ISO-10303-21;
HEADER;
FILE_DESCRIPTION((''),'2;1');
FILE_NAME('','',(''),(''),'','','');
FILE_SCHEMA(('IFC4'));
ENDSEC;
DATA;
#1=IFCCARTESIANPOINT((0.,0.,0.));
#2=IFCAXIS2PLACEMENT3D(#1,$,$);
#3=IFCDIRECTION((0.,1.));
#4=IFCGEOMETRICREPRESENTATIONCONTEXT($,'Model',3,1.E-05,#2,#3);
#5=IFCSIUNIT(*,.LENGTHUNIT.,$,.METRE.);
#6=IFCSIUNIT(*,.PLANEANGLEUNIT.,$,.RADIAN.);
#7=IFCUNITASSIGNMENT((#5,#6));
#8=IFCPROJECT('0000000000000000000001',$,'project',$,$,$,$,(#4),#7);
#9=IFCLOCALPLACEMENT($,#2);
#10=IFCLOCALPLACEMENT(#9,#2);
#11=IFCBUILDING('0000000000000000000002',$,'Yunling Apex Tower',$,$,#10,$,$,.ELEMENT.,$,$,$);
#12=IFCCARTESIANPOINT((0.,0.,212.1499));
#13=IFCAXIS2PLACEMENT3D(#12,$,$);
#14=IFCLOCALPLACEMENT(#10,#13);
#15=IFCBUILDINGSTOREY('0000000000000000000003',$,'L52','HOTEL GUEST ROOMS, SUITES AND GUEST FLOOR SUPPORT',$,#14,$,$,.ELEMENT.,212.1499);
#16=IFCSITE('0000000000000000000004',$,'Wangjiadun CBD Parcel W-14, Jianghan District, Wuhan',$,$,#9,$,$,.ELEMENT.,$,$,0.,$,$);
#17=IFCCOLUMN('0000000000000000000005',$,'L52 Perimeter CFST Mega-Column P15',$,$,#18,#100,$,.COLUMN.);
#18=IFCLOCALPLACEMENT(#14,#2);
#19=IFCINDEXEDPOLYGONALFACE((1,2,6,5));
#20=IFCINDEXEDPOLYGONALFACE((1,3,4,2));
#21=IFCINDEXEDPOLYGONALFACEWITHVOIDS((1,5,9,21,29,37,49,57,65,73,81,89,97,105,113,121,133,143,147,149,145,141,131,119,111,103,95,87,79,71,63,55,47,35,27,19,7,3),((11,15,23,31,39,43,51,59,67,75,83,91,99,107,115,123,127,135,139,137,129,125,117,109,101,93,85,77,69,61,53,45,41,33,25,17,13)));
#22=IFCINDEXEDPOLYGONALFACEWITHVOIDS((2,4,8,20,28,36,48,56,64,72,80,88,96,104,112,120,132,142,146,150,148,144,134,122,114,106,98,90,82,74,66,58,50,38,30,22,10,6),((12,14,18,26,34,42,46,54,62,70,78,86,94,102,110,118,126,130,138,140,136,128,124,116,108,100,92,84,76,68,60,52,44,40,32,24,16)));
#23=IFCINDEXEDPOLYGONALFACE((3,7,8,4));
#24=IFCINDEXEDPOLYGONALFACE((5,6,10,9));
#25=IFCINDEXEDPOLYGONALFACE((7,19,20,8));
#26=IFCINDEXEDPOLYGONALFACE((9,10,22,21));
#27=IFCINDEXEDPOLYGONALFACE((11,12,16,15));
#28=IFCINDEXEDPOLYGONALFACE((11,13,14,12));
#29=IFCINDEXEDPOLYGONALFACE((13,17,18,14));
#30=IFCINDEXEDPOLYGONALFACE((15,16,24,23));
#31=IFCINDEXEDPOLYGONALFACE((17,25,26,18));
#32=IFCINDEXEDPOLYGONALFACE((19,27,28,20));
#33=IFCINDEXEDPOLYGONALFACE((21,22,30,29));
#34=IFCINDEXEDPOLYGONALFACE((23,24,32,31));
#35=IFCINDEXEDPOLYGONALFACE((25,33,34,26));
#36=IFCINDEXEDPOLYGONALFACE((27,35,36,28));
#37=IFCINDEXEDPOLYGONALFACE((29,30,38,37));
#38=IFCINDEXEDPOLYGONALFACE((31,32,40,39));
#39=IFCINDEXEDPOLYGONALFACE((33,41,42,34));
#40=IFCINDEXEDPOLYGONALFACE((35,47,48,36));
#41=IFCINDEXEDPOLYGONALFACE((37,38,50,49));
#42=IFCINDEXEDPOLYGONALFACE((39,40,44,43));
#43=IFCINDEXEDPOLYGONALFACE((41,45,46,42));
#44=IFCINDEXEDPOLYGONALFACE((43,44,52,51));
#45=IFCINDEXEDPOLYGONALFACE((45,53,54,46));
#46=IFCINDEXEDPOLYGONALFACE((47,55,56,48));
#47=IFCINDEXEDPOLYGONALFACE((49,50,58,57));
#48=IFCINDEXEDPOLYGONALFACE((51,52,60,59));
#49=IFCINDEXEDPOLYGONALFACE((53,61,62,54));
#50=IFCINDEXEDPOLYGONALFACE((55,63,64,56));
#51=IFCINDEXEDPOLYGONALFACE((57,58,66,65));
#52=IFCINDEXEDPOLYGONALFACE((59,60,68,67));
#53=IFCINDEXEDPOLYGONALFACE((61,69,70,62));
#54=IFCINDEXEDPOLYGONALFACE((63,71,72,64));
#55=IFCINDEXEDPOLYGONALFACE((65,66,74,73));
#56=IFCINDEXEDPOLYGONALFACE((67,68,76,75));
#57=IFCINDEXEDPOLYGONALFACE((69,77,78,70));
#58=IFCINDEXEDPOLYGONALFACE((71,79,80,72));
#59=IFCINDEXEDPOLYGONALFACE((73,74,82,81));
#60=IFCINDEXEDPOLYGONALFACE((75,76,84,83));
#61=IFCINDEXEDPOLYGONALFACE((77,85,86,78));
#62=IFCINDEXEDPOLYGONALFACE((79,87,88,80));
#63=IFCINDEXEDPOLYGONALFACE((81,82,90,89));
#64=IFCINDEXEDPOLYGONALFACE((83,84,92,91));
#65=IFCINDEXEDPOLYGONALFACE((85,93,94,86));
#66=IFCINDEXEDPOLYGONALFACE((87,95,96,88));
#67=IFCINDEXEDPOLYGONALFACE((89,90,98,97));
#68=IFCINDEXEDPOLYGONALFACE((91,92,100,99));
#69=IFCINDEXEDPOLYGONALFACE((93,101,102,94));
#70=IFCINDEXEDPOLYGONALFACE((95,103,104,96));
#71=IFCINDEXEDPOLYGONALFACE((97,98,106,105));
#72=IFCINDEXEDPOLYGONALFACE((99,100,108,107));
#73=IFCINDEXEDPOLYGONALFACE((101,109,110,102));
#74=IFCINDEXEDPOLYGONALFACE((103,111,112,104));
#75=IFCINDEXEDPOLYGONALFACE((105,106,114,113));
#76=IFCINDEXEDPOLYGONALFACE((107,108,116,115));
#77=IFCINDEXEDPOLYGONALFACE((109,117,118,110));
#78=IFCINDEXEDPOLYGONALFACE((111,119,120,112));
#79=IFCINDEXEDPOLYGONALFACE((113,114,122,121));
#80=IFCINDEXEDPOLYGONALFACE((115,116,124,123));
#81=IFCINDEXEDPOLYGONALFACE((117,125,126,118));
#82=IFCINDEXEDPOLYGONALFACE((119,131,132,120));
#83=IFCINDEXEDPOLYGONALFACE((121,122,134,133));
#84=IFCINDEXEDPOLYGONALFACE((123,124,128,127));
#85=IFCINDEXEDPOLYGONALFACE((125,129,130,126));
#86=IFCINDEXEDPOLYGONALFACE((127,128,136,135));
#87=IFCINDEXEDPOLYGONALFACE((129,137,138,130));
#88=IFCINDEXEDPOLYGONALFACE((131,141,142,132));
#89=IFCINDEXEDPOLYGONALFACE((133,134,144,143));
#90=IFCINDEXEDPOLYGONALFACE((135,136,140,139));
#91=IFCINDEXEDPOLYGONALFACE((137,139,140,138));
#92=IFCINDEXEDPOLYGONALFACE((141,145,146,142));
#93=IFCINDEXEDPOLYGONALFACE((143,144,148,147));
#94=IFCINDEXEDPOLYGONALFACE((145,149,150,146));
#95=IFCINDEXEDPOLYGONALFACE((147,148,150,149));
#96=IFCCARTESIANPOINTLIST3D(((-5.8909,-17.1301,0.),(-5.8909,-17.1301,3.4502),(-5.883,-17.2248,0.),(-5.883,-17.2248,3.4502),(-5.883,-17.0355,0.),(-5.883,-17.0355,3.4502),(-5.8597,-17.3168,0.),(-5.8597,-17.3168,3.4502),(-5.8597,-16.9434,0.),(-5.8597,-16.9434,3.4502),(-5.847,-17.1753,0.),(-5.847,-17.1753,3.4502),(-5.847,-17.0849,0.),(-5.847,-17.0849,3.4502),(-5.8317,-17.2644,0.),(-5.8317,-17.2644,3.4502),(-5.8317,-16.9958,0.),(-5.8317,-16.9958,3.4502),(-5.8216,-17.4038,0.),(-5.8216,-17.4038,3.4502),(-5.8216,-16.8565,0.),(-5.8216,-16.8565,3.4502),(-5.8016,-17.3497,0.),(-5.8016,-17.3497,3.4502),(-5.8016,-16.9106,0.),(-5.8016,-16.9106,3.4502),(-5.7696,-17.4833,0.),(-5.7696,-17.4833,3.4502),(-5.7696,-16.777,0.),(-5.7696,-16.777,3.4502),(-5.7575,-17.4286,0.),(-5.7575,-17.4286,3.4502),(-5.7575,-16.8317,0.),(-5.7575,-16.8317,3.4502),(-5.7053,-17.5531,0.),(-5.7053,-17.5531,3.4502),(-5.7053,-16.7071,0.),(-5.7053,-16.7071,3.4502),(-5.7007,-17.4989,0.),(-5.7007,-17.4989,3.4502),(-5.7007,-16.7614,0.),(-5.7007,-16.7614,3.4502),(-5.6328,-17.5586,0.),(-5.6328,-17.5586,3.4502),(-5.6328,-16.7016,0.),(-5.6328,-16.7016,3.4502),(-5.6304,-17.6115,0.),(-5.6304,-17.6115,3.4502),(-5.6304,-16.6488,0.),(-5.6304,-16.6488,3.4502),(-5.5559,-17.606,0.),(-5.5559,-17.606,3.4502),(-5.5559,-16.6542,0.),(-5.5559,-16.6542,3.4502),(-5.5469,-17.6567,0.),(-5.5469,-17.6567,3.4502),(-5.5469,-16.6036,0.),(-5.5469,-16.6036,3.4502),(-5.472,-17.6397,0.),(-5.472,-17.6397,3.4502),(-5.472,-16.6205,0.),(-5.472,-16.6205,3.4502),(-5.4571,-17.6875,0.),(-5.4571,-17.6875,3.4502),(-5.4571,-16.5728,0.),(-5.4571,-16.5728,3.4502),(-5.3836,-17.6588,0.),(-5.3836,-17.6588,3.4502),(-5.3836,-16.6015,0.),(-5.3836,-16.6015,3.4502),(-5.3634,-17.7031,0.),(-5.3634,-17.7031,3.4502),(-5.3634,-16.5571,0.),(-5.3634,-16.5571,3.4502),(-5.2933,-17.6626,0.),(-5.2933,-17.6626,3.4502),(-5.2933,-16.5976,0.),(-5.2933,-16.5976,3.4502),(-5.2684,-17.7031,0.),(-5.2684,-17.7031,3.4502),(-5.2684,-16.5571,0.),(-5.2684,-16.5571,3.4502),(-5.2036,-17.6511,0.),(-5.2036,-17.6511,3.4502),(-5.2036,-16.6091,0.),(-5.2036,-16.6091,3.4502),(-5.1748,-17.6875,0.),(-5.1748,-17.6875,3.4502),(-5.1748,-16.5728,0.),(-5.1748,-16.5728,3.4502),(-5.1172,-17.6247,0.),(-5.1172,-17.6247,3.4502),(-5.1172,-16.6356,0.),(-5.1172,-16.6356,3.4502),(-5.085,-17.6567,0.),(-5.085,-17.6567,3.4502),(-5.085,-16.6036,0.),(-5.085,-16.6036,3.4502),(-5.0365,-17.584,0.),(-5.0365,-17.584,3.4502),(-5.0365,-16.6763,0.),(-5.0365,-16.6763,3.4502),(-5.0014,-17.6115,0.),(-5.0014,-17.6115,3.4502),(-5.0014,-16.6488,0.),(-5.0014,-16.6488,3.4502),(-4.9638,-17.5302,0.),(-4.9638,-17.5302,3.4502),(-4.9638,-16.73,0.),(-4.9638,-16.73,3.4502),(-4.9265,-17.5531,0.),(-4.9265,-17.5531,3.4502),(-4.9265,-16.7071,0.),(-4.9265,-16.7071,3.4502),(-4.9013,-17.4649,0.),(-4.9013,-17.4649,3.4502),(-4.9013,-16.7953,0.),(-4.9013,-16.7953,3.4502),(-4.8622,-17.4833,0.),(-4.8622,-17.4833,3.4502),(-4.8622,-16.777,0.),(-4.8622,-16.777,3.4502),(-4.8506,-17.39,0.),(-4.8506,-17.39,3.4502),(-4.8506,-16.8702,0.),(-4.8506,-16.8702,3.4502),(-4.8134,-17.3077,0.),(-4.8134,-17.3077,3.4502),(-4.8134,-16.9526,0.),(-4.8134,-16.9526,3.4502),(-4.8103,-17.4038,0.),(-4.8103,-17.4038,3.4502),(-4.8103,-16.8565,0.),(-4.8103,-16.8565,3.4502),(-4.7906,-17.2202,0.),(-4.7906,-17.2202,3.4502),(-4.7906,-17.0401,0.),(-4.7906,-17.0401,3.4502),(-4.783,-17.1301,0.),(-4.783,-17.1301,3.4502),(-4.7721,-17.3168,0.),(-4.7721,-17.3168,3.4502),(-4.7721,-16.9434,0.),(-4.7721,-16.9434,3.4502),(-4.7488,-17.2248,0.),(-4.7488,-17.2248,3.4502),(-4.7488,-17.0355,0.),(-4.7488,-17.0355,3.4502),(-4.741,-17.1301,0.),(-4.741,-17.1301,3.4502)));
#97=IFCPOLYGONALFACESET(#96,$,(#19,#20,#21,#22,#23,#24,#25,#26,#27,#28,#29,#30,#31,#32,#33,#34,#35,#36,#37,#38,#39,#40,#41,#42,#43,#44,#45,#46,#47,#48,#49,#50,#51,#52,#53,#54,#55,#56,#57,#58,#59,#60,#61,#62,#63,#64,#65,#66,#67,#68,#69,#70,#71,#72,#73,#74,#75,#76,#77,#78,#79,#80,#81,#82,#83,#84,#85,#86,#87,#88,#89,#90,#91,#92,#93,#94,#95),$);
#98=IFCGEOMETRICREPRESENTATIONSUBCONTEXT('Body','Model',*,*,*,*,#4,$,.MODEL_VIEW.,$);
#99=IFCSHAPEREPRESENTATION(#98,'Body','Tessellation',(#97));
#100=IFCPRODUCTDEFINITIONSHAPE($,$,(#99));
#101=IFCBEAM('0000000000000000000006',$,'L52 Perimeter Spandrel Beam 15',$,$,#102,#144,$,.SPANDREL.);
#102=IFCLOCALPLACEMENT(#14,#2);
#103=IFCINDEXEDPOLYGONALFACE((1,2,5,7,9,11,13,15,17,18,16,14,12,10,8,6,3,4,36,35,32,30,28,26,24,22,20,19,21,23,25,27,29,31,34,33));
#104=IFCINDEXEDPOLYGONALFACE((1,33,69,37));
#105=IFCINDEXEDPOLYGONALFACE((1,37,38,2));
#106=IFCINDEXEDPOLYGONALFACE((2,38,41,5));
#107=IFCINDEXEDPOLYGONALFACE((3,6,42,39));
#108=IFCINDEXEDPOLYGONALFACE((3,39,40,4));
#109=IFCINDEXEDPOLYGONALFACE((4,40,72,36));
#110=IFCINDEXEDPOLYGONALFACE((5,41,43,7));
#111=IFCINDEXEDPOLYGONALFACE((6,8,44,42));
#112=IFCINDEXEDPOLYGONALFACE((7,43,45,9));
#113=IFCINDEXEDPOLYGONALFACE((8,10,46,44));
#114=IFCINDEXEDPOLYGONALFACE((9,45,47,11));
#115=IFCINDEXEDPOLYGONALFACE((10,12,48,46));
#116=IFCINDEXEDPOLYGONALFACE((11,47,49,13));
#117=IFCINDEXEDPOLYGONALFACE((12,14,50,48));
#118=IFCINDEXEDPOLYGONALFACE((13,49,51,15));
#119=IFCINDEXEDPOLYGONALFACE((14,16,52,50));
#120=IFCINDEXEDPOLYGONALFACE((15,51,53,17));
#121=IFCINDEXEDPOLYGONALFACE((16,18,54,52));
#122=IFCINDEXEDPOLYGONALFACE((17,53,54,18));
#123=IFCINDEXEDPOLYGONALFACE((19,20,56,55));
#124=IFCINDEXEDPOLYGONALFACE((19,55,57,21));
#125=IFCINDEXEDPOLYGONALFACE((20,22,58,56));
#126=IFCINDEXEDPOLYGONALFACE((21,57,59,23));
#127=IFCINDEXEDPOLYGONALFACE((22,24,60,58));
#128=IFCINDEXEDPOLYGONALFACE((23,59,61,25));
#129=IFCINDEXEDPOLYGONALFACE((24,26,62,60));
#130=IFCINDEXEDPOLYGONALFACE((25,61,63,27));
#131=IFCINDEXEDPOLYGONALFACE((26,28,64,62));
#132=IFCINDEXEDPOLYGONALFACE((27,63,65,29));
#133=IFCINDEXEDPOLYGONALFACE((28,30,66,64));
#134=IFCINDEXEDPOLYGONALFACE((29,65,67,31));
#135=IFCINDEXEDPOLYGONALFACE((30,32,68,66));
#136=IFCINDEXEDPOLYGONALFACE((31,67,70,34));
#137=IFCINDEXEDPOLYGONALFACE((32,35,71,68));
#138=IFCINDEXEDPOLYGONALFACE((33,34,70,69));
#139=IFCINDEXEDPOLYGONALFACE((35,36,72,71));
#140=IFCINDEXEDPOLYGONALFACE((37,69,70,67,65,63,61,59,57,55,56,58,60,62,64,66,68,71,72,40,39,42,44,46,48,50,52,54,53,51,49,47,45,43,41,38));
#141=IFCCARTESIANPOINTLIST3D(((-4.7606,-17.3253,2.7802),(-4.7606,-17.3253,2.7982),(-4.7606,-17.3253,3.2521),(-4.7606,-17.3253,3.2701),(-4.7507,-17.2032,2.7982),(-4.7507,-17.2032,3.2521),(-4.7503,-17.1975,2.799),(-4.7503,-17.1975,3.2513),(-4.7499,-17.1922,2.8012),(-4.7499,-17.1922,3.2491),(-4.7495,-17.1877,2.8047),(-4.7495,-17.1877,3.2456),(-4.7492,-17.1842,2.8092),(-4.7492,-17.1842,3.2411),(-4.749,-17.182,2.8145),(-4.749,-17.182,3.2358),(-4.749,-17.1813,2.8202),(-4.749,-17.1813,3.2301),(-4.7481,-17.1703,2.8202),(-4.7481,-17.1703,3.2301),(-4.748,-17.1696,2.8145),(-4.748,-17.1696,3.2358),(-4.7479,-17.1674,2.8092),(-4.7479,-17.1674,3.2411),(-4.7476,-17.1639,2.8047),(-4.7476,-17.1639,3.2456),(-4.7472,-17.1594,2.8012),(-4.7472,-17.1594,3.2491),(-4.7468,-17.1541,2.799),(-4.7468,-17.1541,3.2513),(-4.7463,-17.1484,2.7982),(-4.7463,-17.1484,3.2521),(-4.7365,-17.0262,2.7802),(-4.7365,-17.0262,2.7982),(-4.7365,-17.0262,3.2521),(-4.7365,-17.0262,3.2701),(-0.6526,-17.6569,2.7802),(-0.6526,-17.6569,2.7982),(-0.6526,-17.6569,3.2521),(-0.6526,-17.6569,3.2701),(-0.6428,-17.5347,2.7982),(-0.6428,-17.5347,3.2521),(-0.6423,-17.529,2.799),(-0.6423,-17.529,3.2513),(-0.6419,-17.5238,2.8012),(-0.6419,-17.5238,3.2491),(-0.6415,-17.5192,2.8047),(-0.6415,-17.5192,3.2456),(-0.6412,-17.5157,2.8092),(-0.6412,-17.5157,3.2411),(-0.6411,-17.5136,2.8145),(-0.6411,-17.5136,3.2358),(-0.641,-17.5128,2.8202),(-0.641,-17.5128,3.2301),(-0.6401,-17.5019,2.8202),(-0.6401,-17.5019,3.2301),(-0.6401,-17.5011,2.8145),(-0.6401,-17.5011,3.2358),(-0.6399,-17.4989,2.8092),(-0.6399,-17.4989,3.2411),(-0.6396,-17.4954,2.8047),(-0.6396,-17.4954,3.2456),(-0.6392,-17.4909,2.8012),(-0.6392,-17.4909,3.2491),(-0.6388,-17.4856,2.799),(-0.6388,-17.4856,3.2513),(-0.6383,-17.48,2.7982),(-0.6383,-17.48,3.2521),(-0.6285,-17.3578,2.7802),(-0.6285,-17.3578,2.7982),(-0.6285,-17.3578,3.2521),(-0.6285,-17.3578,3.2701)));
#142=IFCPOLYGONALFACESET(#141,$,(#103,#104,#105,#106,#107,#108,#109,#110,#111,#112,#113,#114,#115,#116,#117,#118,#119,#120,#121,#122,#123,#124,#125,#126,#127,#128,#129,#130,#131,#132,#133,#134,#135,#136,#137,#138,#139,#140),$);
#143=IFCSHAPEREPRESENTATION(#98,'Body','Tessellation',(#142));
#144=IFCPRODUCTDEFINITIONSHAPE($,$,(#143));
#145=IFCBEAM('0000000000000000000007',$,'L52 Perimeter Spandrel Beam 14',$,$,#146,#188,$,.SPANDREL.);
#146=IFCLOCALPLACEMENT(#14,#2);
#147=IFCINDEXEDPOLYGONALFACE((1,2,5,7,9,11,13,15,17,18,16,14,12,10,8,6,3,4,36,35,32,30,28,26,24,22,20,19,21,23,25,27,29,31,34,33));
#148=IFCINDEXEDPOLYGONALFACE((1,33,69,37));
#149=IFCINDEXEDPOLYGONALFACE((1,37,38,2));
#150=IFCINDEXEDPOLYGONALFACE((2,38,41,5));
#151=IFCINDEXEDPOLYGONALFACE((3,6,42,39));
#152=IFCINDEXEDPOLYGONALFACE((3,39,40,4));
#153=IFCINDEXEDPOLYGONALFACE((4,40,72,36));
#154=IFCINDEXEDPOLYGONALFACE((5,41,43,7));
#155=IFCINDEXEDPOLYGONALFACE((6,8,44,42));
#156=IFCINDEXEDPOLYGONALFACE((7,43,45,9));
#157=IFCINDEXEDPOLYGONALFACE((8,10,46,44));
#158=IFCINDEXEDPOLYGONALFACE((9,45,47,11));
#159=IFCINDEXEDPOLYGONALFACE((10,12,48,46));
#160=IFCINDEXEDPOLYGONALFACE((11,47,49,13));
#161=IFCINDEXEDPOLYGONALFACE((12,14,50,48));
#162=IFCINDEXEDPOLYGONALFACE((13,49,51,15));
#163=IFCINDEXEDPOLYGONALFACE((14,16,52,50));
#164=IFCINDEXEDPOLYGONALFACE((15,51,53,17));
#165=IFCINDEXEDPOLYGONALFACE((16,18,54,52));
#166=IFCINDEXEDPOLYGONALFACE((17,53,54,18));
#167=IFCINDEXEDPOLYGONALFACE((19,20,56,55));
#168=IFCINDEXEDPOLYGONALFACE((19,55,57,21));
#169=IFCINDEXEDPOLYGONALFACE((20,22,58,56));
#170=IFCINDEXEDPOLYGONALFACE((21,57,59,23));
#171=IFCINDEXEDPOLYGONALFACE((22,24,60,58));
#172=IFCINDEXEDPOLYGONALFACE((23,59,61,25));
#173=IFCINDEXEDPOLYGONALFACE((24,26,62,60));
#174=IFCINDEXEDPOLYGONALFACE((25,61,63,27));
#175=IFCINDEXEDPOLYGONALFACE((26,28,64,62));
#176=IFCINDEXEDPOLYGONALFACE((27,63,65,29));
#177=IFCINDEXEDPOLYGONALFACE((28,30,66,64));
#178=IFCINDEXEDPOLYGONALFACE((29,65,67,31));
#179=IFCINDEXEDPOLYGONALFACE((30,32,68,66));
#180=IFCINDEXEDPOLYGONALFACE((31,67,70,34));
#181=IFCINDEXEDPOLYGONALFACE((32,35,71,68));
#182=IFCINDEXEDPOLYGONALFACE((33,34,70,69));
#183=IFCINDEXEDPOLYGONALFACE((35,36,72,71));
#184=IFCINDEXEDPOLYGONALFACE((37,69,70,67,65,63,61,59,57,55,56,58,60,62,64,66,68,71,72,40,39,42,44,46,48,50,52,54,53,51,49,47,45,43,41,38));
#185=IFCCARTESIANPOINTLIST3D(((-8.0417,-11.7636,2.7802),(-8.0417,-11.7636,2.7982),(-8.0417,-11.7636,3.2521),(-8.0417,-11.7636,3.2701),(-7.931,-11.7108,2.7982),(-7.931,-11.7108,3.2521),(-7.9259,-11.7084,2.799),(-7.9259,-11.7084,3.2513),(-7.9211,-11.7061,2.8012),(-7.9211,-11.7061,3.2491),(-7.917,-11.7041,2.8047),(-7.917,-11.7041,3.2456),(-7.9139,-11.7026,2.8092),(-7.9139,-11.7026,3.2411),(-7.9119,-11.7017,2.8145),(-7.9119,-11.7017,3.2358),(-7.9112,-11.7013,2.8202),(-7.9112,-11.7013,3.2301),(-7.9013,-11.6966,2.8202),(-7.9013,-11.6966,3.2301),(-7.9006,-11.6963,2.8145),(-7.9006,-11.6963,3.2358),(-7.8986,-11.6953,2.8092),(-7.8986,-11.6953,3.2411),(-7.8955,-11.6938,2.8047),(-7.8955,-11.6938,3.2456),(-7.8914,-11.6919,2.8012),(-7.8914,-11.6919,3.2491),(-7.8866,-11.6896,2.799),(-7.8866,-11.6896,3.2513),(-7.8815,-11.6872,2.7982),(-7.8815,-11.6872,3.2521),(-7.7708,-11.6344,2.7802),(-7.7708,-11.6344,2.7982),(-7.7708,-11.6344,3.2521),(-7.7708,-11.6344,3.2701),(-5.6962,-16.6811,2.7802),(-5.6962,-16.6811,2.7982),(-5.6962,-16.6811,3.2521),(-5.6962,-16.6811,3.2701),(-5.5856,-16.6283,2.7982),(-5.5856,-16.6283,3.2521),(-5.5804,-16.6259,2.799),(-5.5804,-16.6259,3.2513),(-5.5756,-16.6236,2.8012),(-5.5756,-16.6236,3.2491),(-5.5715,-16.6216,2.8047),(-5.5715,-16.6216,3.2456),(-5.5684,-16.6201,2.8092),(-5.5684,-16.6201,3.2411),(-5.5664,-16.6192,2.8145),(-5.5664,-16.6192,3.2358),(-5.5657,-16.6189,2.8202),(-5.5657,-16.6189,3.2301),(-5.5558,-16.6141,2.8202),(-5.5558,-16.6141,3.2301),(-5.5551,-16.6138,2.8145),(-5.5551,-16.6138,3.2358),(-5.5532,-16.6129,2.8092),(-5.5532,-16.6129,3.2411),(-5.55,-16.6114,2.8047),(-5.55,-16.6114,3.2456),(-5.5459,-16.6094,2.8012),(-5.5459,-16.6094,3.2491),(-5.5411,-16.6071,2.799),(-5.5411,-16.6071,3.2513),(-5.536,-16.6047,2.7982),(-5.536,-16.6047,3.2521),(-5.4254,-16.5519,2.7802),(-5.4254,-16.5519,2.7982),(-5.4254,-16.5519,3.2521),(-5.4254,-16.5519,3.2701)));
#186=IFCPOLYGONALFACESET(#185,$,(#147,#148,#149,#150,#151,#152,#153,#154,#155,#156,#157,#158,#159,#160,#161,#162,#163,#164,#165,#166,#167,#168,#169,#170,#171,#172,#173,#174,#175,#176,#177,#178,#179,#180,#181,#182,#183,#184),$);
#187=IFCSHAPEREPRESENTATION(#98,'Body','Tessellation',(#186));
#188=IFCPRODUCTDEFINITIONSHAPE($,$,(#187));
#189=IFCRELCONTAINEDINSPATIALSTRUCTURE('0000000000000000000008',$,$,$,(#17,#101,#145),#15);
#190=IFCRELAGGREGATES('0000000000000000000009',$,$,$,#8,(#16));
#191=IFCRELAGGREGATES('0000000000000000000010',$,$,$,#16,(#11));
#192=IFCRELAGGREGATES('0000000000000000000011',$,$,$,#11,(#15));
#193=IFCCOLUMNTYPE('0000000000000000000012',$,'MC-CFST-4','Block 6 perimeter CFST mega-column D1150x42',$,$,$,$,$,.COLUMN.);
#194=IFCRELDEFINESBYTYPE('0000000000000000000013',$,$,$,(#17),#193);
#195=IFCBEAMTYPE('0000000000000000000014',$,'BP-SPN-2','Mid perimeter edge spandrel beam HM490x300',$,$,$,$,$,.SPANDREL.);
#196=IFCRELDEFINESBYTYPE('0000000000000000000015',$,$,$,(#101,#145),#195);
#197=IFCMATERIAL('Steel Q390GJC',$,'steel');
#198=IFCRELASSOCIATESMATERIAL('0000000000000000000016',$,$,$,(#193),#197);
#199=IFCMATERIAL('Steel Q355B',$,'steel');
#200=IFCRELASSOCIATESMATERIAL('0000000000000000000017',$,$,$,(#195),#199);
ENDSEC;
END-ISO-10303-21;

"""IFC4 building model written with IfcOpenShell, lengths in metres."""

from ifc_helpers import new_model, si_unit, direction, frame, origin, origin_2d, place, context, subcontext, project, spatial, hollow_circle, i_section, extrude, source, transform, mapped, material, material_profile, profile_set, type_object, element, save


model = new_model("IFC4")

# Units and contexts
model_context = context("Model", 3, precision=1e-05, world=origin(), true_north=direction((0.0, 1.0)))
body_context = subcontext(model_context, "Body", "Model", "MODEL_VIEW")
ifc_project = project(units=[si_unit("LENGTHUNIT", "METRE"), si_unit("PLANEANGLEUNIT", "RADIAN")], contexts=[model_context])

# Site, building, storey
site_placement = place(None, origin())
site = spatial("IfcSite", under=ifc_project, at=site_placement, Name="Wangjiadun CBD Parcel W-14, Jianghan District, Wuhan", CompositionType="ELEMENT", RefElevation=0.0)
building_placement = place(site_placement, origin())
building = spatial("IfcBuilding", under=site, at=building_placement, Name="Yunling Apex Tower", CompositionType="ELEMENT")
storey_placement = place(building_placement, frame((0.0, 0.0, 212.1499)))
storey = spatial("IfcBuildingStorey", under=building, at=storey_placement, Name="L52", Description="HOTEL GUEST ROOMS, SUITES AND GUEST FLOOR SUPPORT", CompositionType="ELEMENT", Elevation=212.1499)

# Column
ifc_material_1 = material(Name="Steel Q390GJC", Category="steel")
ifc_material_profile_1 = material_profile(ifc_material_1, hollow_circle(Radius=0.575, WallThickness=0.042, at=origin_2d()))
ifc_profile_set_1 = profile_set([ifc_material_profile_1], Name="Steel Q390GJC")
column_type = type_object("IfcColumnType", Name="MC-CFST-4", Description="Block 6 perimeter CFST mega-column D1150x42", PredefinedType="COLUMN", material=ifc_profile_set_1)
shared_shape_1 = source(origin(), body_context, "Body", "SweptSolid", [
    extrude(hollow_circle(Radius=0.575, WallThickness=0.042, at=origin_2d()), origin(), (0.0, 0.0, 1.0), 3.4502),
])
column_placement = place(storey_placement, frame((-5.3159, -17.1301, 0.0), z_axis=(0.0, 0.0, 1.0), x_axis=(1.0, 0.0, 0.0)))
element("IfcColumn", 1, at=column_placement, inside=storey, type_object=column_type, Name="L52 Perimeter CFST Mega-Column P15", PredefinedType="COLUMN", context=body_context, shape_type="MappedRepresentation", body=[
    mapped(shared_shape_1, transform((0.0, 0.0, 0.0), scale=1.0)),
])

# Beams
ifc_material_2 = material(Name="Steel Q355B", Category="steel")
ifc_material_profile_2 = material_profile(ifc_material_2, i_section(OverallWidth=0.3, OverallDepth=0.49, WebThickness=0.011, FlangeThickness=0.0181, FilletRadius=0.022, at=origin_2d()))
ifc_profile_set_2 = profile_set([ifc_material_profile_2], Name="Steel Q355B")
beam_type_1 = type_object("IfcBeamType", Name="BP-SPN-2", Description="Mid perimeter edge spandrel beam HM490x300", PredefinedType="SPANDREL", material=ifc_profile_set_2)
shared_shape_2 = source(origin(), body_context, "Body", "SweptSolid", [
    extrude(i_section(OverallWidth=0.3, OverallDepth=0.49, WebThickness=0.011, FlangeThickness=0.0181, FilletRadius=0.022, at=origin_2d()), origin(), (0.0, 0.0, 1.0), 4.1213),
])
beam_1_placement = place(storey_placement, frame((-4.7485, -17.1758, 3.0251), z_axis=(0.996759, -0.080447, 0.0), x_axis=(0.080447, 0.996759, 0.0)))
element("IfcBeam", 2, at=beam_1_placement, inside=storey, type_object=beam_type_1, Name="L52 Perimeter Spandrel Beam 15", PredefinedType="SPANDREL", context=body_context, shape_type="MappedRepresentation", body=[
    mapped(shared_shape_2, transform((0.0, 0.0, 0.0), scale=1.0)),
])
shared_shape_3 = source(origin(), body_context, "Body", "SweptSolid", [
    extrude(i_section(OverallWidth=0.3, OverallDepth=0.49, WebThickness=0.011, FlangeThickness=0.0181, FilletRadius=0.022, at=origin_2d()), origin(), (0.0, 0.0, 1.0), 5.4482),
])
beam_2_placement = place(storey_placement, frame((-7.9062, -11.699, 3.0251), z_axis=(0.430502, -0.902589, 0.0), x_axis=(0.902589, 0.430502, 0.0)))
element("IfcBeam", 3, at=beam_2_placement, inside=storey, type_object=beam_type_1, Name="L52 Perimeter Spandrel Beam 14", PredefinedType="SPANDREL", context=body_context, shape_type="MappedRepresentation", body=[
    mapped(shared_shape_3, transform((0.0, 0.0, 0.0), scale=1.0)),
])

save(model, "model.ifc")
